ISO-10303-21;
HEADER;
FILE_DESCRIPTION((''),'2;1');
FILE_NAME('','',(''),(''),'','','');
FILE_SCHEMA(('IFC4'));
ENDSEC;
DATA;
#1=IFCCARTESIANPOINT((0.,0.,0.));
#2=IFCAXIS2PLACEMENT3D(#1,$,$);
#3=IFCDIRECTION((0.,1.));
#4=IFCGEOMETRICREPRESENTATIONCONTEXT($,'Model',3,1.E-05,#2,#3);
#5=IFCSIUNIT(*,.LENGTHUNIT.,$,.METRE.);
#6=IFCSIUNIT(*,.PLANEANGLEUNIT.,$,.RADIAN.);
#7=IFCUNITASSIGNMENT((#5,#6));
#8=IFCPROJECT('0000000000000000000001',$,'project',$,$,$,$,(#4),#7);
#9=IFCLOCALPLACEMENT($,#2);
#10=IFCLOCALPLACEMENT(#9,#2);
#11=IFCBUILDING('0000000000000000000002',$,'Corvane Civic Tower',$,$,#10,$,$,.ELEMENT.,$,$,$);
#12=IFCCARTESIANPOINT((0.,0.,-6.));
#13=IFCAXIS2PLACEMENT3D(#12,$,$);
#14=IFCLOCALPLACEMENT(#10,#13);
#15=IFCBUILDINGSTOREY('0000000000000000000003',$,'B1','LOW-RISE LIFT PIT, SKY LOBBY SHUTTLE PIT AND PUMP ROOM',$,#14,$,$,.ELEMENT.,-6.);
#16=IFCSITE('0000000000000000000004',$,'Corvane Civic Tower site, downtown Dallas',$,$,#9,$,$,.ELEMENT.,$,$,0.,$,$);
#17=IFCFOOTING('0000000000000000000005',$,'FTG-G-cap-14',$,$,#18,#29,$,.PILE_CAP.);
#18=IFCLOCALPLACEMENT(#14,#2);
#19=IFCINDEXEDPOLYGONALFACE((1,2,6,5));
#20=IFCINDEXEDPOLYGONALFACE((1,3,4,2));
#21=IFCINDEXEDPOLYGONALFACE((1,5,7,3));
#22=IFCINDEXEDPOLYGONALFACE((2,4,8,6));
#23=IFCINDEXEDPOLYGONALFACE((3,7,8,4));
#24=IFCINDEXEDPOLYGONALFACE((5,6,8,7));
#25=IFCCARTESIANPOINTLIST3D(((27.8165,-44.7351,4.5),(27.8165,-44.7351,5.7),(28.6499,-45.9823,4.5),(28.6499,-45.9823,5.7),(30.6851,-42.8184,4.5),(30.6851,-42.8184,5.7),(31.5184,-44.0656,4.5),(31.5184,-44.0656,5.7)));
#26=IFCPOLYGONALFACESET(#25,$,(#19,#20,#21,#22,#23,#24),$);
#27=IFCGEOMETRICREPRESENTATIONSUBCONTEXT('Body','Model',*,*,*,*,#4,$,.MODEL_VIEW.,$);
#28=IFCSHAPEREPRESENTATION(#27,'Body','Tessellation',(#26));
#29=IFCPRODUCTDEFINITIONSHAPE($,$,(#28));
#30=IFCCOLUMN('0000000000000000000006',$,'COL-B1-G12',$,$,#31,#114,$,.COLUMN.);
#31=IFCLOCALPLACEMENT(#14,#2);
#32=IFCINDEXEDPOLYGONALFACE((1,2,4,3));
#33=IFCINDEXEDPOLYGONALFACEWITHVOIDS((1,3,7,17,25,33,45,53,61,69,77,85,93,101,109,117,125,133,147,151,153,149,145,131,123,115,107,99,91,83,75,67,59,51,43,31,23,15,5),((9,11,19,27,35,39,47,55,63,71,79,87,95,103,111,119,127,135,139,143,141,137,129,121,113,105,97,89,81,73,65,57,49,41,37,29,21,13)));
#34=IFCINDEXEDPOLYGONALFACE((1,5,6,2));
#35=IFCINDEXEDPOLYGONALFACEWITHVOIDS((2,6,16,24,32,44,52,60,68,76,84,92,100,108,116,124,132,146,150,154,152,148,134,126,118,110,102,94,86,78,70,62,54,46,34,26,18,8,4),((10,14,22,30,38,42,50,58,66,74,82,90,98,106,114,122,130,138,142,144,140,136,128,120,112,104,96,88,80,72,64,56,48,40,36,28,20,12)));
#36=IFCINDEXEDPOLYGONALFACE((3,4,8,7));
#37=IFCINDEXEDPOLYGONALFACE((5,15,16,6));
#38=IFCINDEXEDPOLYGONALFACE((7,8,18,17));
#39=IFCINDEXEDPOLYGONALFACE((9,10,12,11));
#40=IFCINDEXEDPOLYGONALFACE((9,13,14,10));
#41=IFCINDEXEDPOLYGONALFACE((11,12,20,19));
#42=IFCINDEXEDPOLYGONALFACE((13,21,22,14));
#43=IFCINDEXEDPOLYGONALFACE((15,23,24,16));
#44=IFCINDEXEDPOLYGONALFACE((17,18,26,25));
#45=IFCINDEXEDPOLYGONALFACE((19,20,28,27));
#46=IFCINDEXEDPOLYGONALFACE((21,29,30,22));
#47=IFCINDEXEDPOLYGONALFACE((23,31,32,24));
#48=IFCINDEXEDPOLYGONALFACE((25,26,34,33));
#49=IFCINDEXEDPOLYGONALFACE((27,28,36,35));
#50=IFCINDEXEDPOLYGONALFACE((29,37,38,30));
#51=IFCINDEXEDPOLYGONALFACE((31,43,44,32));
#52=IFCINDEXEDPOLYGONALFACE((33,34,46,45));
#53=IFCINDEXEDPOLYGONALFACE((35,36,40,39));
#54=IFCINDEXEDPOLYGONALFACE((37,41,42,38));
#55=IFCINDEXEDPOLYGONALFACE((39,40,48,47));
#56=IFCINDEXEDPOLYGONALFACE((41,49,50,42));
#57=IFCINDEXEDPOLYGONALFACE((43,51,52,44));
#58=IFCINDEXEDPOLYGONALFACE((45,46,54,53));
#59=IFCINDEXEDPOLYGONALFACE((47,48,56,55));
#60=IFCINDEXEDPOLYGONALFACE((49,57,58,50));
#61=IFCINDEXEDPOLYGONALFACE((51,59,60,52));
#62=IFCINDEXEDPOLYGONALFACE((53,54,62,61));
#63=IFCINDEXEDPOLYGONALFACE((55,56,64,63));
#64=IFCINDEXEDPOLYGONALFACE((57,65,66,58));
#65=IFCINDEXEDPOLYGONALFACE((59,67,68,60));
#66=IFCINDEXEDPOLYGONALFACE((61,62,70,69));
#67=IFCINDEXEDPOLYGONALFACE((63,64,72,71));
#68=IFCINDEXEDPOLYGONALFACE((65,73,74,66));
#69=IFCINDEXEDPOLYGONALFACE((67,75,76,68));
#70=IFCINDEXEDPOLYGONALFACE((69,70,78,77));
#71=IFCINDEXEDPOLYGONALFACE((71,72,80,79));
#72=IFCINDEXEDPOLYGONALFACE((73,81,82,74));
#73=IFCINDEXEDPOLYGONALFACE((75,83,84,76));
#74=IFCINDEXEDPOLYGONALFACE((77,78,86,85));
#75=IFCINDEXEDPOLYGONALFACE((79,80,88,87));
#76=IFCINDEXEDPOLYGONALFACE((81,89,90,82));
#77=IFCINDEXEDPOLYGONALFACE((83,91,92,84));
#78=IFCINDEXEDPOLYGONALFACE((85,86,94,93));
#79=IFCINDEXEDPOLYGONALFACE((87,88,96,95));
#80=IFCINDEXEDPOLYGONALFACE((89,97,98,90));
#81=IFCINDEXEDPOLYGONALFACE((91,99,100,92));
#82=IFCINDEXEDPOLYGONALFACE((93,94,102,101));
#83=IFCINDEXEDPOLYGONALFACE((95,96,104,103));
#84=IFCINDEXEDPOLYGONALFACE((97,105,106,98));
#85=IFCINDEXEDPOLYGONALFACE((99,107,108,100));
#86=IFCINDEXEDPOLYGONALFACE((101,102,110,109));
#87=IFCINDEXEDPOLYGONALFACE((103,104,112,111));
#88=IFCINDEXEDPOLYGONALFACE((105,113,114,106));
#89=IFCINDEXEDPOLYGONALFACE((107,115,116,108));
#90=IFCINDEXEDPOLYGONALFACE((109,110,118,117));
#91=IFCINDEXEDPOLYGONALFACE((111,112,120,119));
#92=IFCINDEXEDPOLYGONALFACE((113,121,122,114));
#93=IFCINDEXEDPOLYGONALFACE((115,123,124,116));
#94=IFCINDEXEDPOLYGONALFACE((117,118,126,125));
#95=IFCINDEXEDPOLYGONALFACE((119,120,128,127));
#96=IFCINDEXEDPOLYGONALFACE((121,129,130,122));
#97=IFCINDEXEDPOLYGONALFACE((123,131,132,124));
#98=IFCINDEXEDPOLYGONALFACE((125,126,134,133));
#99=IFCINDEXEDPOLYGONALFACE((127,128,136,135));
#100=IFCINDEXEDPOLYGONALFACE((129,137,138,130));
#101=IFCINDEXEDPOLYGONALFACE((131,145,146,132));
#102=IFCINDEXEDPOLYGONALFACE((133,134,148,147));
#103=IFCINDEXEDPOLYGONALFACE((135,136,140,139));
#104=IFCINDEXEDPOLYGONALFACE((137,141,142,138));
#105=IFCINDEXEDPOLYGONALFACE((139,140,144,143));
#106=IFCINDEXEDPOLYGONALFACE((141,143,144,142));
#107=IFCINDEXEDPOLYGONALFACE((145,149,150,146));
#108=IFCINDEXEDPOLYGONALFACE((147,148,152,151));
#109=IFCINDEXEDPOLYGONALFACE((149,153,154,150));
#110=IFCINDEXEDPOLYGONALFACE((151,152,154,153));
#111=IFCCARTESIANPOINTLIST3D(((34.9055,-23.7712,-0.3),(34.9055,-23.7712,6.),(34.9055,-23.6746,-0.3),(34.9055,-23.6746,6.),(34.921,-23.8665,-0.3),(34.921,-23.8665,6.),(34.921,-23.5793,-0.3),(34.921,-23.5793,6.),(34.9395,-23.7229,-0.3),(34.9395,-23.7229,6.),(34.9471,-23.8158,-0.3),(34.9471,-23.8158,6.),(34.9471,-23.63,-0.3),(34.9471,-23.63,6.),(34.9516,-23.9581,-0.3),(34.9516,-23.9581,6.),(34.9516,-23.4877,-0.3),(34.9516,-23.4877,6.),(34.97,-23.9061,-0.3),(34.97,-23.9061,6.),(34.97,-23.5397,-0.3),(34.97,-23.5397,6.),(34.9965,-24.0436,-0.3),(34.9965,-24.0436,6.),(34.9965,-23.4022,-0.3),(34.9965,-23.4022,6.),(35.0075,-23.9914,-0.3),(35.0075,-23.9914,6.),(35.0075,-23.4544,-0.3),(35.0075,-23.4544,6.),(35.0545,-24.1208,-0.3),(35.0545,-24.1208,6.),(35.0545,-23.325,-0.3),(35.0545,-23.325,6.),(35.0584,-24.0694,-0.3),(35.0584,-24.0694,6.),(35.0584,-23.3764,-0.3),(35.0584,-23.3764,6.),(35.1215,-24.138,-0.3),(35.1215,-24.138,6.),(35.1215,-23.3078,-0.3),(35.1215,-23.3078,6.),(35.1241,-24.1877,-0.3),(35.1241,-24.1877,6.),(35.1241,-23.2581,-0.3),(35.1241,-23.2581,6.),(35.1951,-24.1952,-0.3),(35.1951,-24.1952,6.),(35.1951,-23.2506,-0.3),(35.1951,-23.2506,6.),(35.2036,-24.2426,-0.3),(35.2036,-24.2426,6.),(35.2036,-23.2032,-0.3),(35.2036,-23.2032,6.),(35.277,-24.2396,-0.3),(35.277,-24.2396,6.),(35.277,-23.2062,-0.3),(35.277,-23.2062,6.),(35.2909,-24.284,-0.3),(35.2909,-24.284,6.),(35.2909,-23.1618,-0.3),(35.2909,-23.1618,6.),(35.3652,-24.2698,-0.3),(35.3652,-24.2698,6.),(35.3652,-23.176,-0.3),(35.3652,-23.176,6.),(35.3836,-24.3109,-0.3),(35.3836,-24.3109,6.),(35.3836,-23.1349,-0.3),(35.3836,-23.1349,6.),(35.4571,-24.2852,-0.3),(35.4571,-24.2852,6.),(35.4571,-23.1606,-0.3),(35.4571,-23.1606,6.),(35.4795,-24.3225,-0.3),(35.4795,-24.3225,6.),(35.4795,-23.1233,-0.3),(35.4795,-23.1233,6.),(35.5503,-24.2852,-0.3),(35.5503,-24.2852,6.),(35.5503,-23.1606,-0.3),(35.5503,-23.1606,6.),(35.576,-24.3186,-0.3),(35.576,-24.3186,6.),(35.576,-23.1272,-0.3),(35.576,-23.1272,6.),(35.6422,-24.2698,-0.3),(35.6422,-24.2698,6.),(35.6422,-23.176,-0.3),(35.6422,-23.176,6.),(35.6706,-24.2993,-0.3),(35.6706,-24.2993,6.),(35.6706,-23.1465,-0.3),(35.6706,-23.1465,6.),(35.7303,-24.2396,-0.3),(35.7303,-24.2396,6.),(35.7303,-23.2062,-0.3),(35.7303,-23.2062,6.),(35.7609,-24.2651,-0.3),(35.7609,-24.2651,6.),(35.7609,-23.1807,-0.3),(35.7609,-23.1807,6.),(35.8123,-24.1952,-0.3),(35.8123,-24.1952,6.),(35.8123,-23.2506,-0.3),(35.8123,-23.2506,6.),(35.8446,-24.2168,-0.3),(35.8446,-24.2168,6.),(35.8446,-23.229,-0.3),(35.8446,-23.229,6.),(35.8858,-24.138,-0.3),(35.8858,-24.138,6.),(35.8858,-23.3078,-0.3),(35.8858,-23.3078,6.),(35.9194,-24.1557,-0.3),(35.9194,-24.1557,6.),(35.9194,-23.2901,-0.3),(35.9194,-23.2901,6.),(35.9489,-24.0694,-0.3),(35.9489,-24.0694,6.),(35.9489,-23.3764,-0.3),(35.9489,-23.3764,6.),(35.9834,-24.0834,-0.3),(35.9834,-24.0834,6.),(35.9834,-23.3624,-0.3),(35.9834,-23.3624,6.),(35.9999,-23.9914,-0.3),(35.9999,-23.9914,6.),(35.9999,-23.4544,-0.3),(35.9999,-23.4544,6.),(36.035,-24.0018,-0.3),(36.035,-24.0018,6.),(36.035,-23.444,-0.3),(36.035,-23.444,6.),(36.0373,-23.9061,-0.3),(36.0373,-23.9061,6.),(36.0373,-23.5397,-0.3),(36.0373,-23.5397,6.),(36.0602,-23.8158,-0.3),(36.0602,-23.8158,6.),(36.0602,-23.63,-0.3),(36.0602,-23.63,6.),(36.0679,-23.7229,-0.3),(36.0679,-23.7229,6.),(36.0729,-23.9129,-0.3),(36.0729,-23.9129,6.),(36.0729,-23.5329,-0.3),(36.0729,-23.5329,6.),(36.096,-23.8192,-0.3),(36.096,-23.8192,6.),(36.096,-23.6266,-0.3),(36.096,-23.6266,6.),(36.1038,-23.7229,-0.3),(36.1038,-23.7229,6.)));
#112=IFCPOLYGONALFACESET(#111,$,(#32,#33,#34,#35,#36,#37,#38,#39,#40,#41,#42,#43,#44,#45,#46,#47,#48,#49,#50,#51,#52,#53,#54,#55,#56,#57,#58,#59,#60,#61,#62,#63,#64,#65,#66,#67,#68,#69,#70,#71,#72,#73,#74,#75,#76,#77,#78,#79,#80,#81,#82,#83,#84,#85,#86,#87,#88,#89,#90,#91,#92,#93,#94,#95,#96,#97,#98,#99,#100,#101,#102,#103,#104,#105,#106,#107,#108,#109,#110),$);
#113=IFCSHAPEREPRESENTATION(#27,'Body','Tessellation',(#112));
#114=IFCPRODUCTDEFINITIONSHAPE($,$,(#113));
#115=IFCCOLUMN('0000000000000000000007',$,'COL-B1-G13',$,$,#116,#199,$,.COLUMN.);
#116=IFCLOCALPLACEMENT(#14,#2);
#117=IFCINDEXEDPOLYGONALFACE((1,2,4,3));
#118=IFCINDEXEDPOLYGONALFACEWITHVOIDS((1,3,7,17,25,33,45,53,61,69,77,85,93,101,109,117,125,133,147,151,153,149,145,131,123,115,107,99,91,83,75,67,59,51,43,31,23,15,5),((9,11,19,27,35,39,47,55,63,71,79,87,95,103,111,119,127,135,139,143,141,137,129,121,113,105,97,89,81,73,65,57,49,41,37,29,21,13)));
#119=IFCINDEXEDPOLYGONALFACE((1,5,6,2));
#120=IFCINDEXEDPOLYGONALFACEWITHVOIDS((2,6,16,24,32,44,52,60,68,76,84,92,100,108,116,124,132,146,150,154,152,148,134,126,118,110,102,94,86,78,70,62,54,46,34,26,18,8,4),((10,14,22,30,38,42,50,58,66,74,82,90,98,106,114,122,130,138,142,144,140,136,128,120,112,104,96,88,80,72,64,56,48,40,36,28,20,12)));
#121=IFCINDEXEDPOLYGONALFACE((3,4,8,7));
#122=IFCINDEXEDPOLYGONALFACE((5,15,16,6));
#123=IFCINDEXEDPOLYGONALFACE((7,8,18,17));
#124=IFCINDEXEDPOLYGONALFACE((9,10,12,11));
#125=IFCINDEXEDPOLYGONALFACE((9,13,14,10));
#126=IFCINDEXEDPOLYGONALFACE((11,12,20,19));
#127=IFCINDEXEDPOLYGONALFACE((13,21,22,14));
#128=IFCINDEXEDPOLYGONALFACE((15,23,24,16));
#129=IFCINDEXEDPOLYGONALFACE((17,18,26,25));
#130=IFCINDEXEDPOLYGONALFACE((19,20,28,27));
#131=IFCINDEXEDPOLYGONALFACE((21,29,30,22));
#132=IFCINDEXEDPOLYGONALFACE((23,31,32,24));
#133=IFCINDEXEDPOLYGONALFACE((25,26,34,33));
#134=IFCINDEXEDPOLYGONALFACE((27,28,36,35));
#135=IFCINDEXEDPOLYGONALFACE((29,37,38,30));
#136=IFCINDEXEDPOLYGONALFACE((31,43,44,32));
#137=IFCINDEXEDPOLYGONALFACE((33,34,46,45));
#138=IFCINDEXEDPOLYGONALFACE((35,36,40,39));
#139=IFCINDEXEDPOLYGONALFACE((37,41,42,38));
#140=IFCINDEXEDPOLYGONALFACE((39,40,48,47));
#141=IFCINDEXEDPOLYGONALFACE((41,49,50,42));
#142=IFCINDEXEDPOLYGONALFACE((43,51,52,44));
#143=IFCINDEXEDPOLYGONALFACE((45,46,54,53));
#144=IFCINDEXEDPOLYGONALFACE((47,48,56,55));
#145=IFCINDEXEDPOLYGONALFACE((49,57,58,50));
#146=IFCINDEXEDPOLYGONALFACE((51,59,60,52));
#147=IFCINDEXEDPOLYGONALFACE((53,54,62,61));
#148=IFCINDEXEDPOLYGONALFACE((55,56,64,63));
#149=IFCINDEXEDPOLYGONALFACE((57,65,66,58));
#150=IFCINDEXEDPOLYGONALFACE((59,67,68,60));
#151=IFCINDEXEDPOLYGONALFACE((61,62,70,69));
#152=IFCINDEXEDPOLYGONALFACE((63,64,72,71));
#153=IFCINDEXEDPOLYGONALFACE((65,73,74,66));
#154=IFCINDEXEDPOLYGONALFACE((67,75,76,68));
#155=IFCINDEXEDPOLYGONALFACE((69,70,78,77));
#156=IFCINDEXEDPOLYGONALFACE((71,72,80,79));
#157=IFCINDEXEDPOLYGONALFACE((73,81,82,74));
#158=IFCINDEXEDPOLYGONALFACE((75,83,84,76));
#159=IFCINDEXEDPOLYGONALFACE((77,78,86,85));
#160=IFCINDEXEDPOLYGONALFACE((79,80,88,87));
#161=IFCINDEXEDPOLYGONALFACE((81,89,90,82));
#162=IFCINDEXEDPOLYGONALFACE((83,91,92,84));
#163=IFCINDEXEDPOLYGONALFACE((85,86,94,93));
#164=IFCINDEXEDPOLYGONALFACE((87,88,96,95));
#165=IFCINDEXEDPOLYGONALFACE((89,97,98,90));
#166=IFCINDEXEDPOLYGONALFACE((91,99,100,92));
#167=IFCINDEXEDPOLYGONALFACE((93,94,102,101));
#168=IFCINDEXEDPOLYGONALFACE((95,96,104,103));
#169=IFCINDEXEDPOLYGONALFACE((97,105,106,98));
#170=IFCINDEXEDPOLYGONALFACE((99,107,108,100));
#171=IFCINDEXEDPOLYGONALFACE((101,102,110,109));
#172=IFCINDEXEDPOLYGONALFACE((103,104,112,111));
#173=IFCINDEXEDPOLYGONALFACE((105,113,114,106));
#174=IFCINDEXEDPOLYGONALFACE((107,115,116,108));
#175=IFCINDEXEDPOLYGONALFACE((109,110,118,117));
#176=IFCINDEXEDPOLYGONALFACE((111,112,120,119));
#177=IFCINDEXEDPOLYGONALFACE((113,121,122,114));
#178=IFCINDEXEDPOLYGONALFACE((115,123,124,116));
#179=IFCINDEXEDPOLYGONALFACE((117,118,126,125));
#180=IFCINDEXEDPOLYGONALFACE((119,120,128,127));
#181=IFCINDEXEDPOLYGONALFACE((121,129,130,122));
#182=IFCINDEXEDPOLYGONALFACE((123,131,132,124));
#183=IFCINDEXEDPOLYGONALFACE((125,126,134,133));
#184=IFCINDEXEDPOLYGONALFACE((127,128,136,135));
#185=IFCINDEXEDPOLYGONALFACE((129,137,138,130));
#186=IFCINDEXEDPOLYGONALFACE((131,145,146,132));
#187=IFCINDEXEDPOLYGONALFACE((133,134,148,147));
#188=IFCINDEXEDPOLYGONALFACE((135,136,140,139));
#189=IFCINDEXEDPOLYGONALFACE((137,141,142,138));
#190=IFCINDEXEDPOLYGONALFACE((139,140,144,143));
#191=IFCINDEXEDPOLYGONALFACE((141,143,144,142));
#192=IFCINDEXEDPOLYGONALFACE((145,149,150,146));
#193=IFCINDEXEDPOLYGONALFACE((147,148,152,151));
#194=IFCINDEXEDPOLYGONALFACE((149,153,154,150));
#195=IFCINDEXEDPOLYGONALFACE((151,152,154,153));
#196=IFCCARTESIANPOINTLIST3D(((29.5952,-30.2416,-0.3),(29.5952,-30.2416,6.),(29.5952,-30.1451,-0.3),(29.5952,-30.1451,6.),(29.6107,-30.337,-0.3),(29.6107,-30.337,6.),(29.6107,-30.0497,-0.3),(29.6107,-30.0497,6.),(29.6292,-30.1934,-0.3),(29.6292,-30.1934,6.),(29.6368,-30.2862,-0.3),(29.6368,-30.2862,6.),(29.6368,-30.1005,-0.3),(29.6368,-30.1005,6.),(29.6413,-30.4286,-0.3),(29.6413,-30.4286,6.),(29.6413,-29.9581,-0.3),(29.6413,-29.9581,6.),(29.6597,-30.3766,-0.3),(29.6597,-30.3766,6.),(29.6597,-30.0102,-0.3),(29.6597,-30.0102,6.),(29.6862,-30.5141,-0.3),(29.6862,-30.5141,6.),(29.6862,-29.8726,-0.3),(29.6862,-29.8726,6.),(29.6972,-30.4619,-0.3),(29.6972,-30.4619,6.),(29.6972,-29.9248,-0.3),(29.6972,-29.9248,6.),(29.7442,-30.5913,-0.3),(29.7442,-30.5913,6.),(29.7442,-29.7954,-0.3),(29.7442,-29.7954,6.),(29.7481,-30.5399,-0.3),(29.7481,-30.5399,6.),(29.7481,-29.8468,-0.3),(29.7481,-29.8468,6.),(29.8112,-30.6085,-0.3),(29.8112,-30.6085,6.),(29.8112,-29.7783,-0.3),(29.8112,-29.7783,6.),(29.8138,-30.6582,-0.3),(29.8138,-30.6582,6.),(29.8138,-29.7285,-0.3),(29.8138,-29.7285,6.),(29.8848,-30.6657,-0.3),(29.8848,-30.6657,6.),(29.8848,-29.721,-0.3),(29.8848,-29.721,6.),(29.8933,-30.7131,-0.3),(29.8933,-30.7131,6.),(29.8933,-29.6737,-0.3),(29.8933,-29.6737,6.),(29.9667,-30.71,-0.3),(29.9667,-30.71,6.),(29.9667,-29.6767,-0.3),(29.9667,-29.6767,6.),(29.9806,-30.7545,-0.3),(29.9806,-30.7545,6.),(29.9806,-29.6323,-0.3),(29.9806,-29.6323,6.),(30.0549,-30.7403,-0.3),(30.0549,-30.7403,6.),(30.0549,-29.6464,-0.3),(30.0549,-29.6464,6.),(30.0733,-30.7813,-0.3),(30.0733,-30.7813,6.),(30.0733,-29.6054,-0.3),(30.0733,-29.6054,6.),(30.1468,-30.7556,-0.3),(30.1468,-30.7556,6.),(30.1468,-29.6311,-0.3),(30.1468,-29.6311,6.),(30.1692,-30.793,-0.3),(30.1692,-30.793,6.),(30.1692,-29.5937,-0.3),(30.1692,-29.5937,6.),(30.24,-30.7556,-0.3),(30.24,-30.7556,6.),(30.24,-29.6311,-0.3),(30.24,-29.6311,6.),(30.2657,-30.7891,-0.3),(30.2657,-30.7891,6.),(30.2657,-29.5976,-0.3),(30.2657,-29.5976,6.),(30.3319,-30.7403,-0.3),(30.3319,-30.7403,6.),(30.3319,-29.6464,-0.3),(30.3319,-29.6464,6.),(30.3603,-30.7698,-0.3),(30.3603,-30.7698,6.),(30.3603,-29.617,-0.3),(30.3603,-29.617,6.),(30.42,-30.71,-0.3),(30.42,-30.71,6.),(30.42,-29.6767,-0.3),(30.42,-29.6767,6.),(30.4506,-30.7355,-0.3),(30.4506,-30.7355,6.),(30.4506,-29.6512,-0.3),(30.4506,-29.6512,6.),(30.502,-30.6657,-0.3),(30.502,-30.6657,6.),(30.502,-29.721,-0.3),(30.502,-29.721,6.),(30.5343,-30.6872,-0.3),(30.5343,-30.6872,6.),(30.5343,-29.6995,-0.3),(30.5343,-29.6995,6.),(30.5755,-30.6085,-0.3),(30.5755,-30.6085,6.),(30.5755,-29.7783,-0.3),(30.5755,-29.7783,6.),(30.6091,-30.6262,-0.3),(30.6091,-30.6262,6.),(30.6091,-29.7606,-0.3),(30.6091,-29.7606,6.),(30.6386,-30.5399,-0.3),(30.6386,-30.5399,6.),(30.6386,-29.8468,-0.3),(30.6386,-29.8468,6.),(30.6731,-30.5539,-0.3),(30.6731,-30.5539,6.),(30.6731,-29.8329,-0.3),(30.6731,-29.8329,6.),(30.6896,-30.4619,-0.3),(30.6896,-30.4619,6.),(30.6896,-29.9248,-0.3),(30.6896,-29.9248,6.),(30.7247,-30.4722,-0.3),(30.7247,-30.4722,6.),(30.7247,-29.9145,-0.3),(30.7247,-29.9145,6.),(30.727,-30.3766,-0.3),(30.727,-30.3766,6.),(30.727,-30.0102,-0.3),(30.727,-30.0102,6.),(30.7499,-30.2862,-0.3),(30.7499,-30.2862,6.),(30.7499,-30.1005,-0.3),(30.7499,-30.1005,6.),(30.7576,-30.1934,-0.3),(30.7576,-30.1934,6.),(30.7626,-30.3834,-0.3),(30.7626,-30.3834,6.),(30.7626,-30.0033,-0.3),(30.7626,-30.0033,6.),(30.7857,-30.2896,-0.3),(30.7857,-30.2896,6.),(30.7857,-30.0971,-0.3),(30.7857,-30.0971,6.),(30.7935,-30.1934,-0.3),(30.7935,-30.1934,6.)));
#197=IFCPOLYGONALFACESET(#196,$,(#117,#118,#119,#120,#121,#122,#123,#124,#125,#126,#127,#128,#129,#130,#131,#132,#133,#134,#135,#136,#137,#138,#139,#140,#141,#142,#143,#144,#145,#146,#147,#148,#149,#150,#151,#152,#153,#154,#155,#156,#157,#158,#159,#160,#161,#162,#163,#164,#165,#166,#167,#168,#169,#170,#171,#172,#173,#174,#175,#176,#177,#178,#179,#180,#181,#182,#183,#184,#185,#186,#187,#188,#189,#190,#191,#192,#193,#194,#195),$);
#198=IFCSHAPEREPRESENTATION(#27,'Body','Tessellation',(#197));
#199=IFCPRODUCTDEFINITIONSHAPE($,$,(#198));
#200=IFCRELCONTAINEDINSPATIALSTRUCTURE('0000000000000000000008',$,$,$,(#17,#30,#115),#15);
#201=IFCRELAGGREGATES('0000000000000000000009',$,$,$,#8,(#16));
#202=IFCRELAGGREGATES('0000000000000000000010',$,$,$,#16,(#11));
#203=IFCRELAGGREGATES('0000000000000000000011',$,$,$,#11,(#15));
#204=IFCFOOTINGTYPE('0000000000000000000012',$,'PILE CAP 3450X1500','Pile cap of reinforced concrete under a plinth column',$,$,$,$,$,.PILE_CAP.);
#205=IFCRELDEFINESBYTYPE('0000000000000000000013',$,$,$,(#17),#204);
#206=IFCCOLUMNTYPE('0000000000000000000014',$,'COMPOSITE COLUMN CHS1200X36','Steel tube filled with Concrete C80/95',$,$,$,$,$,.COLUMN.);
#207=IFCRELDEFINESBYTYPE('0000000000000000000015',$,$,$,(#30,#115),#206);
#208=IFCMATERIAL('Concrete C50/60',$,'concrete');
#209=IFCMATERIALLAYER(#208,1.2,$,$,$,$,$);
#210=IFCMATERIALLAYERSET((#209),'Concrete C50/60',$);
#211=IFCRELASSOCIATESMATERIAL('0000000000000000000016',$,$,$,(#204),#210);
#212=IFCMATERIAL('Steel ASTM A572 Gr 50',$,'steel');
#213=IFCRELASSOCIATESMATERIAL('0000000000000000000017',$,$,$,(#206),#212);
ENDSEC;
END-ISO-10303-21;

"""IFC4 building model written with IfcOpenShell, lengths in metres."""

from ifc_helpers import new_model, si_unit, direction, frame, origin, origin_2d, place, context, subcontext, project, spatial, rectangle, hollow_circle, extrude, material, layer, layer_set, material_profile, profile_set, type_object, element, save


model = new_model("IFC4")

# Units and contexts
model_context = context("Model", 3, precision=1e-05, world=origin(), true_north=direction((0.0, 1.0)))
body_context = subcontext(model_context, "Body", "Model", "MODEL_VIEW")
ifc_project = project(units=[si_unit("LENGTHUNIT", "METRE"), si_unit("PLANEANGLEUNIT", "RADIAN")], contexts=[model_context])

# Site, building, storey
site_placement = place(None, origin())
site = spatial("IfcSite", under=ifc_project, at=site_placement, Name="Corvane Civic Tower site, downtown Dallas", CompositionType="ELEMENT", RefElevation=0.0)
building_placement = place(site_placement, origin())
building = spatial("IfcBuilding", under=site, at=building_placement, Name="Corvane Civic Tower", CompositionType="ELEMENT")
storey_placement = place(building_placement, frame((0.0, 0.0, -6.0)))
storey = spatial("IfcBuildingStorey", under=building, at=storey_placement, Name="B1", Description="LOW-RISE LIFT PIT, SKY LOBBY SHUTTLE PIT AND PUMP ROOM", CompositionType="ELEMENT", Elevation=-6.0)

# Footing
ifc_material_1 = material(Name="Concrete C50/60", Category="concrete")
ifc_layer = layer(ifc_material_1, 1.2)
ifc_layer_set = layer_set([ifc_layer], Name="Concrete C50/60")
footing_type_1 = type_object("IfcFootingType", Name="PILE CAP 3450X1500", Description="Pile cap of reinforced concrete under a plinth column", PredefinedType="PILE_CAP", material=ifc_layer_set)
for number, where, z_axis, x_axis, name in (
    (1, (29.6675, -44.4004, 4.5), (0.0, 0.0, 1.0), (0.83147, 0.55557, 0.0), "FTG-G-cap-14"),
):
    element("IfcFooting", number, at=place(storey_placement, frame(where, z_axis=z_axis, x_axis=x_axis)), inside=storey, type_object=footing_type_1, Name=name, PredefinedType="PILE_CAP", context=body_context, shape_type="SweptSolid", body=[
        extrude(rectangle(XDim=3.45, YDim=1.5, at=origin_2d()), origin(), (0.0, 0.0, 1.0), 1.2),
    ])

# Columns
ifc_material_2 = material(Name="Steel ASTM A572 Gr 50", Category="steel")
ifc_material_profile_1 = material_profile(ifc_material_2, hollow_circle(Radius=0.6001, WallThickness=0.0359, at=origin_2d()), Name="CHS1200X36")
ifc_profile_set_1 = profile_set([ifc_material_profile_1], Name="Steel ASTM A572 Gr 50")
column_type_1 = type_object("IfcColumnType", Name="COMPOSITE COLUMN CHS1200X36", Description="Steel tube filled with Concrete C80/95", PredefinedType="COLUMN", material=ifc_profile_set_1)
for number, where, z_axis, x_axis, name in (
    (2, (35.5037, -23.7229, -0.3), (0.0, 0.0, 1.0), (1.0, 0.0, 0.0), "COL-B1-G12"),
    (3, (30.1934, -30.1934, -0.3), (0.0, 0.0, 1.0), (1.0, 0.0, 0.0), "COL-B1-G13"),
):
    element("IfcColumn", number, at=place(storey_placement, frame(where, z_axis=z_axis, x_axis=x_axis)), inside=storey, type_object=column_type_1, Name=name, PredefinedType="COLUMN", context=body_context, shape_type="SweptSolid", body=[
        extrude(hollow_circle(Radius=0.6001, WallThickness=0.0359, at=origin_2d()), origin(), (0.0, 0.0, 1.0), 6.3),
    ])

save(model, "model.ifc")
